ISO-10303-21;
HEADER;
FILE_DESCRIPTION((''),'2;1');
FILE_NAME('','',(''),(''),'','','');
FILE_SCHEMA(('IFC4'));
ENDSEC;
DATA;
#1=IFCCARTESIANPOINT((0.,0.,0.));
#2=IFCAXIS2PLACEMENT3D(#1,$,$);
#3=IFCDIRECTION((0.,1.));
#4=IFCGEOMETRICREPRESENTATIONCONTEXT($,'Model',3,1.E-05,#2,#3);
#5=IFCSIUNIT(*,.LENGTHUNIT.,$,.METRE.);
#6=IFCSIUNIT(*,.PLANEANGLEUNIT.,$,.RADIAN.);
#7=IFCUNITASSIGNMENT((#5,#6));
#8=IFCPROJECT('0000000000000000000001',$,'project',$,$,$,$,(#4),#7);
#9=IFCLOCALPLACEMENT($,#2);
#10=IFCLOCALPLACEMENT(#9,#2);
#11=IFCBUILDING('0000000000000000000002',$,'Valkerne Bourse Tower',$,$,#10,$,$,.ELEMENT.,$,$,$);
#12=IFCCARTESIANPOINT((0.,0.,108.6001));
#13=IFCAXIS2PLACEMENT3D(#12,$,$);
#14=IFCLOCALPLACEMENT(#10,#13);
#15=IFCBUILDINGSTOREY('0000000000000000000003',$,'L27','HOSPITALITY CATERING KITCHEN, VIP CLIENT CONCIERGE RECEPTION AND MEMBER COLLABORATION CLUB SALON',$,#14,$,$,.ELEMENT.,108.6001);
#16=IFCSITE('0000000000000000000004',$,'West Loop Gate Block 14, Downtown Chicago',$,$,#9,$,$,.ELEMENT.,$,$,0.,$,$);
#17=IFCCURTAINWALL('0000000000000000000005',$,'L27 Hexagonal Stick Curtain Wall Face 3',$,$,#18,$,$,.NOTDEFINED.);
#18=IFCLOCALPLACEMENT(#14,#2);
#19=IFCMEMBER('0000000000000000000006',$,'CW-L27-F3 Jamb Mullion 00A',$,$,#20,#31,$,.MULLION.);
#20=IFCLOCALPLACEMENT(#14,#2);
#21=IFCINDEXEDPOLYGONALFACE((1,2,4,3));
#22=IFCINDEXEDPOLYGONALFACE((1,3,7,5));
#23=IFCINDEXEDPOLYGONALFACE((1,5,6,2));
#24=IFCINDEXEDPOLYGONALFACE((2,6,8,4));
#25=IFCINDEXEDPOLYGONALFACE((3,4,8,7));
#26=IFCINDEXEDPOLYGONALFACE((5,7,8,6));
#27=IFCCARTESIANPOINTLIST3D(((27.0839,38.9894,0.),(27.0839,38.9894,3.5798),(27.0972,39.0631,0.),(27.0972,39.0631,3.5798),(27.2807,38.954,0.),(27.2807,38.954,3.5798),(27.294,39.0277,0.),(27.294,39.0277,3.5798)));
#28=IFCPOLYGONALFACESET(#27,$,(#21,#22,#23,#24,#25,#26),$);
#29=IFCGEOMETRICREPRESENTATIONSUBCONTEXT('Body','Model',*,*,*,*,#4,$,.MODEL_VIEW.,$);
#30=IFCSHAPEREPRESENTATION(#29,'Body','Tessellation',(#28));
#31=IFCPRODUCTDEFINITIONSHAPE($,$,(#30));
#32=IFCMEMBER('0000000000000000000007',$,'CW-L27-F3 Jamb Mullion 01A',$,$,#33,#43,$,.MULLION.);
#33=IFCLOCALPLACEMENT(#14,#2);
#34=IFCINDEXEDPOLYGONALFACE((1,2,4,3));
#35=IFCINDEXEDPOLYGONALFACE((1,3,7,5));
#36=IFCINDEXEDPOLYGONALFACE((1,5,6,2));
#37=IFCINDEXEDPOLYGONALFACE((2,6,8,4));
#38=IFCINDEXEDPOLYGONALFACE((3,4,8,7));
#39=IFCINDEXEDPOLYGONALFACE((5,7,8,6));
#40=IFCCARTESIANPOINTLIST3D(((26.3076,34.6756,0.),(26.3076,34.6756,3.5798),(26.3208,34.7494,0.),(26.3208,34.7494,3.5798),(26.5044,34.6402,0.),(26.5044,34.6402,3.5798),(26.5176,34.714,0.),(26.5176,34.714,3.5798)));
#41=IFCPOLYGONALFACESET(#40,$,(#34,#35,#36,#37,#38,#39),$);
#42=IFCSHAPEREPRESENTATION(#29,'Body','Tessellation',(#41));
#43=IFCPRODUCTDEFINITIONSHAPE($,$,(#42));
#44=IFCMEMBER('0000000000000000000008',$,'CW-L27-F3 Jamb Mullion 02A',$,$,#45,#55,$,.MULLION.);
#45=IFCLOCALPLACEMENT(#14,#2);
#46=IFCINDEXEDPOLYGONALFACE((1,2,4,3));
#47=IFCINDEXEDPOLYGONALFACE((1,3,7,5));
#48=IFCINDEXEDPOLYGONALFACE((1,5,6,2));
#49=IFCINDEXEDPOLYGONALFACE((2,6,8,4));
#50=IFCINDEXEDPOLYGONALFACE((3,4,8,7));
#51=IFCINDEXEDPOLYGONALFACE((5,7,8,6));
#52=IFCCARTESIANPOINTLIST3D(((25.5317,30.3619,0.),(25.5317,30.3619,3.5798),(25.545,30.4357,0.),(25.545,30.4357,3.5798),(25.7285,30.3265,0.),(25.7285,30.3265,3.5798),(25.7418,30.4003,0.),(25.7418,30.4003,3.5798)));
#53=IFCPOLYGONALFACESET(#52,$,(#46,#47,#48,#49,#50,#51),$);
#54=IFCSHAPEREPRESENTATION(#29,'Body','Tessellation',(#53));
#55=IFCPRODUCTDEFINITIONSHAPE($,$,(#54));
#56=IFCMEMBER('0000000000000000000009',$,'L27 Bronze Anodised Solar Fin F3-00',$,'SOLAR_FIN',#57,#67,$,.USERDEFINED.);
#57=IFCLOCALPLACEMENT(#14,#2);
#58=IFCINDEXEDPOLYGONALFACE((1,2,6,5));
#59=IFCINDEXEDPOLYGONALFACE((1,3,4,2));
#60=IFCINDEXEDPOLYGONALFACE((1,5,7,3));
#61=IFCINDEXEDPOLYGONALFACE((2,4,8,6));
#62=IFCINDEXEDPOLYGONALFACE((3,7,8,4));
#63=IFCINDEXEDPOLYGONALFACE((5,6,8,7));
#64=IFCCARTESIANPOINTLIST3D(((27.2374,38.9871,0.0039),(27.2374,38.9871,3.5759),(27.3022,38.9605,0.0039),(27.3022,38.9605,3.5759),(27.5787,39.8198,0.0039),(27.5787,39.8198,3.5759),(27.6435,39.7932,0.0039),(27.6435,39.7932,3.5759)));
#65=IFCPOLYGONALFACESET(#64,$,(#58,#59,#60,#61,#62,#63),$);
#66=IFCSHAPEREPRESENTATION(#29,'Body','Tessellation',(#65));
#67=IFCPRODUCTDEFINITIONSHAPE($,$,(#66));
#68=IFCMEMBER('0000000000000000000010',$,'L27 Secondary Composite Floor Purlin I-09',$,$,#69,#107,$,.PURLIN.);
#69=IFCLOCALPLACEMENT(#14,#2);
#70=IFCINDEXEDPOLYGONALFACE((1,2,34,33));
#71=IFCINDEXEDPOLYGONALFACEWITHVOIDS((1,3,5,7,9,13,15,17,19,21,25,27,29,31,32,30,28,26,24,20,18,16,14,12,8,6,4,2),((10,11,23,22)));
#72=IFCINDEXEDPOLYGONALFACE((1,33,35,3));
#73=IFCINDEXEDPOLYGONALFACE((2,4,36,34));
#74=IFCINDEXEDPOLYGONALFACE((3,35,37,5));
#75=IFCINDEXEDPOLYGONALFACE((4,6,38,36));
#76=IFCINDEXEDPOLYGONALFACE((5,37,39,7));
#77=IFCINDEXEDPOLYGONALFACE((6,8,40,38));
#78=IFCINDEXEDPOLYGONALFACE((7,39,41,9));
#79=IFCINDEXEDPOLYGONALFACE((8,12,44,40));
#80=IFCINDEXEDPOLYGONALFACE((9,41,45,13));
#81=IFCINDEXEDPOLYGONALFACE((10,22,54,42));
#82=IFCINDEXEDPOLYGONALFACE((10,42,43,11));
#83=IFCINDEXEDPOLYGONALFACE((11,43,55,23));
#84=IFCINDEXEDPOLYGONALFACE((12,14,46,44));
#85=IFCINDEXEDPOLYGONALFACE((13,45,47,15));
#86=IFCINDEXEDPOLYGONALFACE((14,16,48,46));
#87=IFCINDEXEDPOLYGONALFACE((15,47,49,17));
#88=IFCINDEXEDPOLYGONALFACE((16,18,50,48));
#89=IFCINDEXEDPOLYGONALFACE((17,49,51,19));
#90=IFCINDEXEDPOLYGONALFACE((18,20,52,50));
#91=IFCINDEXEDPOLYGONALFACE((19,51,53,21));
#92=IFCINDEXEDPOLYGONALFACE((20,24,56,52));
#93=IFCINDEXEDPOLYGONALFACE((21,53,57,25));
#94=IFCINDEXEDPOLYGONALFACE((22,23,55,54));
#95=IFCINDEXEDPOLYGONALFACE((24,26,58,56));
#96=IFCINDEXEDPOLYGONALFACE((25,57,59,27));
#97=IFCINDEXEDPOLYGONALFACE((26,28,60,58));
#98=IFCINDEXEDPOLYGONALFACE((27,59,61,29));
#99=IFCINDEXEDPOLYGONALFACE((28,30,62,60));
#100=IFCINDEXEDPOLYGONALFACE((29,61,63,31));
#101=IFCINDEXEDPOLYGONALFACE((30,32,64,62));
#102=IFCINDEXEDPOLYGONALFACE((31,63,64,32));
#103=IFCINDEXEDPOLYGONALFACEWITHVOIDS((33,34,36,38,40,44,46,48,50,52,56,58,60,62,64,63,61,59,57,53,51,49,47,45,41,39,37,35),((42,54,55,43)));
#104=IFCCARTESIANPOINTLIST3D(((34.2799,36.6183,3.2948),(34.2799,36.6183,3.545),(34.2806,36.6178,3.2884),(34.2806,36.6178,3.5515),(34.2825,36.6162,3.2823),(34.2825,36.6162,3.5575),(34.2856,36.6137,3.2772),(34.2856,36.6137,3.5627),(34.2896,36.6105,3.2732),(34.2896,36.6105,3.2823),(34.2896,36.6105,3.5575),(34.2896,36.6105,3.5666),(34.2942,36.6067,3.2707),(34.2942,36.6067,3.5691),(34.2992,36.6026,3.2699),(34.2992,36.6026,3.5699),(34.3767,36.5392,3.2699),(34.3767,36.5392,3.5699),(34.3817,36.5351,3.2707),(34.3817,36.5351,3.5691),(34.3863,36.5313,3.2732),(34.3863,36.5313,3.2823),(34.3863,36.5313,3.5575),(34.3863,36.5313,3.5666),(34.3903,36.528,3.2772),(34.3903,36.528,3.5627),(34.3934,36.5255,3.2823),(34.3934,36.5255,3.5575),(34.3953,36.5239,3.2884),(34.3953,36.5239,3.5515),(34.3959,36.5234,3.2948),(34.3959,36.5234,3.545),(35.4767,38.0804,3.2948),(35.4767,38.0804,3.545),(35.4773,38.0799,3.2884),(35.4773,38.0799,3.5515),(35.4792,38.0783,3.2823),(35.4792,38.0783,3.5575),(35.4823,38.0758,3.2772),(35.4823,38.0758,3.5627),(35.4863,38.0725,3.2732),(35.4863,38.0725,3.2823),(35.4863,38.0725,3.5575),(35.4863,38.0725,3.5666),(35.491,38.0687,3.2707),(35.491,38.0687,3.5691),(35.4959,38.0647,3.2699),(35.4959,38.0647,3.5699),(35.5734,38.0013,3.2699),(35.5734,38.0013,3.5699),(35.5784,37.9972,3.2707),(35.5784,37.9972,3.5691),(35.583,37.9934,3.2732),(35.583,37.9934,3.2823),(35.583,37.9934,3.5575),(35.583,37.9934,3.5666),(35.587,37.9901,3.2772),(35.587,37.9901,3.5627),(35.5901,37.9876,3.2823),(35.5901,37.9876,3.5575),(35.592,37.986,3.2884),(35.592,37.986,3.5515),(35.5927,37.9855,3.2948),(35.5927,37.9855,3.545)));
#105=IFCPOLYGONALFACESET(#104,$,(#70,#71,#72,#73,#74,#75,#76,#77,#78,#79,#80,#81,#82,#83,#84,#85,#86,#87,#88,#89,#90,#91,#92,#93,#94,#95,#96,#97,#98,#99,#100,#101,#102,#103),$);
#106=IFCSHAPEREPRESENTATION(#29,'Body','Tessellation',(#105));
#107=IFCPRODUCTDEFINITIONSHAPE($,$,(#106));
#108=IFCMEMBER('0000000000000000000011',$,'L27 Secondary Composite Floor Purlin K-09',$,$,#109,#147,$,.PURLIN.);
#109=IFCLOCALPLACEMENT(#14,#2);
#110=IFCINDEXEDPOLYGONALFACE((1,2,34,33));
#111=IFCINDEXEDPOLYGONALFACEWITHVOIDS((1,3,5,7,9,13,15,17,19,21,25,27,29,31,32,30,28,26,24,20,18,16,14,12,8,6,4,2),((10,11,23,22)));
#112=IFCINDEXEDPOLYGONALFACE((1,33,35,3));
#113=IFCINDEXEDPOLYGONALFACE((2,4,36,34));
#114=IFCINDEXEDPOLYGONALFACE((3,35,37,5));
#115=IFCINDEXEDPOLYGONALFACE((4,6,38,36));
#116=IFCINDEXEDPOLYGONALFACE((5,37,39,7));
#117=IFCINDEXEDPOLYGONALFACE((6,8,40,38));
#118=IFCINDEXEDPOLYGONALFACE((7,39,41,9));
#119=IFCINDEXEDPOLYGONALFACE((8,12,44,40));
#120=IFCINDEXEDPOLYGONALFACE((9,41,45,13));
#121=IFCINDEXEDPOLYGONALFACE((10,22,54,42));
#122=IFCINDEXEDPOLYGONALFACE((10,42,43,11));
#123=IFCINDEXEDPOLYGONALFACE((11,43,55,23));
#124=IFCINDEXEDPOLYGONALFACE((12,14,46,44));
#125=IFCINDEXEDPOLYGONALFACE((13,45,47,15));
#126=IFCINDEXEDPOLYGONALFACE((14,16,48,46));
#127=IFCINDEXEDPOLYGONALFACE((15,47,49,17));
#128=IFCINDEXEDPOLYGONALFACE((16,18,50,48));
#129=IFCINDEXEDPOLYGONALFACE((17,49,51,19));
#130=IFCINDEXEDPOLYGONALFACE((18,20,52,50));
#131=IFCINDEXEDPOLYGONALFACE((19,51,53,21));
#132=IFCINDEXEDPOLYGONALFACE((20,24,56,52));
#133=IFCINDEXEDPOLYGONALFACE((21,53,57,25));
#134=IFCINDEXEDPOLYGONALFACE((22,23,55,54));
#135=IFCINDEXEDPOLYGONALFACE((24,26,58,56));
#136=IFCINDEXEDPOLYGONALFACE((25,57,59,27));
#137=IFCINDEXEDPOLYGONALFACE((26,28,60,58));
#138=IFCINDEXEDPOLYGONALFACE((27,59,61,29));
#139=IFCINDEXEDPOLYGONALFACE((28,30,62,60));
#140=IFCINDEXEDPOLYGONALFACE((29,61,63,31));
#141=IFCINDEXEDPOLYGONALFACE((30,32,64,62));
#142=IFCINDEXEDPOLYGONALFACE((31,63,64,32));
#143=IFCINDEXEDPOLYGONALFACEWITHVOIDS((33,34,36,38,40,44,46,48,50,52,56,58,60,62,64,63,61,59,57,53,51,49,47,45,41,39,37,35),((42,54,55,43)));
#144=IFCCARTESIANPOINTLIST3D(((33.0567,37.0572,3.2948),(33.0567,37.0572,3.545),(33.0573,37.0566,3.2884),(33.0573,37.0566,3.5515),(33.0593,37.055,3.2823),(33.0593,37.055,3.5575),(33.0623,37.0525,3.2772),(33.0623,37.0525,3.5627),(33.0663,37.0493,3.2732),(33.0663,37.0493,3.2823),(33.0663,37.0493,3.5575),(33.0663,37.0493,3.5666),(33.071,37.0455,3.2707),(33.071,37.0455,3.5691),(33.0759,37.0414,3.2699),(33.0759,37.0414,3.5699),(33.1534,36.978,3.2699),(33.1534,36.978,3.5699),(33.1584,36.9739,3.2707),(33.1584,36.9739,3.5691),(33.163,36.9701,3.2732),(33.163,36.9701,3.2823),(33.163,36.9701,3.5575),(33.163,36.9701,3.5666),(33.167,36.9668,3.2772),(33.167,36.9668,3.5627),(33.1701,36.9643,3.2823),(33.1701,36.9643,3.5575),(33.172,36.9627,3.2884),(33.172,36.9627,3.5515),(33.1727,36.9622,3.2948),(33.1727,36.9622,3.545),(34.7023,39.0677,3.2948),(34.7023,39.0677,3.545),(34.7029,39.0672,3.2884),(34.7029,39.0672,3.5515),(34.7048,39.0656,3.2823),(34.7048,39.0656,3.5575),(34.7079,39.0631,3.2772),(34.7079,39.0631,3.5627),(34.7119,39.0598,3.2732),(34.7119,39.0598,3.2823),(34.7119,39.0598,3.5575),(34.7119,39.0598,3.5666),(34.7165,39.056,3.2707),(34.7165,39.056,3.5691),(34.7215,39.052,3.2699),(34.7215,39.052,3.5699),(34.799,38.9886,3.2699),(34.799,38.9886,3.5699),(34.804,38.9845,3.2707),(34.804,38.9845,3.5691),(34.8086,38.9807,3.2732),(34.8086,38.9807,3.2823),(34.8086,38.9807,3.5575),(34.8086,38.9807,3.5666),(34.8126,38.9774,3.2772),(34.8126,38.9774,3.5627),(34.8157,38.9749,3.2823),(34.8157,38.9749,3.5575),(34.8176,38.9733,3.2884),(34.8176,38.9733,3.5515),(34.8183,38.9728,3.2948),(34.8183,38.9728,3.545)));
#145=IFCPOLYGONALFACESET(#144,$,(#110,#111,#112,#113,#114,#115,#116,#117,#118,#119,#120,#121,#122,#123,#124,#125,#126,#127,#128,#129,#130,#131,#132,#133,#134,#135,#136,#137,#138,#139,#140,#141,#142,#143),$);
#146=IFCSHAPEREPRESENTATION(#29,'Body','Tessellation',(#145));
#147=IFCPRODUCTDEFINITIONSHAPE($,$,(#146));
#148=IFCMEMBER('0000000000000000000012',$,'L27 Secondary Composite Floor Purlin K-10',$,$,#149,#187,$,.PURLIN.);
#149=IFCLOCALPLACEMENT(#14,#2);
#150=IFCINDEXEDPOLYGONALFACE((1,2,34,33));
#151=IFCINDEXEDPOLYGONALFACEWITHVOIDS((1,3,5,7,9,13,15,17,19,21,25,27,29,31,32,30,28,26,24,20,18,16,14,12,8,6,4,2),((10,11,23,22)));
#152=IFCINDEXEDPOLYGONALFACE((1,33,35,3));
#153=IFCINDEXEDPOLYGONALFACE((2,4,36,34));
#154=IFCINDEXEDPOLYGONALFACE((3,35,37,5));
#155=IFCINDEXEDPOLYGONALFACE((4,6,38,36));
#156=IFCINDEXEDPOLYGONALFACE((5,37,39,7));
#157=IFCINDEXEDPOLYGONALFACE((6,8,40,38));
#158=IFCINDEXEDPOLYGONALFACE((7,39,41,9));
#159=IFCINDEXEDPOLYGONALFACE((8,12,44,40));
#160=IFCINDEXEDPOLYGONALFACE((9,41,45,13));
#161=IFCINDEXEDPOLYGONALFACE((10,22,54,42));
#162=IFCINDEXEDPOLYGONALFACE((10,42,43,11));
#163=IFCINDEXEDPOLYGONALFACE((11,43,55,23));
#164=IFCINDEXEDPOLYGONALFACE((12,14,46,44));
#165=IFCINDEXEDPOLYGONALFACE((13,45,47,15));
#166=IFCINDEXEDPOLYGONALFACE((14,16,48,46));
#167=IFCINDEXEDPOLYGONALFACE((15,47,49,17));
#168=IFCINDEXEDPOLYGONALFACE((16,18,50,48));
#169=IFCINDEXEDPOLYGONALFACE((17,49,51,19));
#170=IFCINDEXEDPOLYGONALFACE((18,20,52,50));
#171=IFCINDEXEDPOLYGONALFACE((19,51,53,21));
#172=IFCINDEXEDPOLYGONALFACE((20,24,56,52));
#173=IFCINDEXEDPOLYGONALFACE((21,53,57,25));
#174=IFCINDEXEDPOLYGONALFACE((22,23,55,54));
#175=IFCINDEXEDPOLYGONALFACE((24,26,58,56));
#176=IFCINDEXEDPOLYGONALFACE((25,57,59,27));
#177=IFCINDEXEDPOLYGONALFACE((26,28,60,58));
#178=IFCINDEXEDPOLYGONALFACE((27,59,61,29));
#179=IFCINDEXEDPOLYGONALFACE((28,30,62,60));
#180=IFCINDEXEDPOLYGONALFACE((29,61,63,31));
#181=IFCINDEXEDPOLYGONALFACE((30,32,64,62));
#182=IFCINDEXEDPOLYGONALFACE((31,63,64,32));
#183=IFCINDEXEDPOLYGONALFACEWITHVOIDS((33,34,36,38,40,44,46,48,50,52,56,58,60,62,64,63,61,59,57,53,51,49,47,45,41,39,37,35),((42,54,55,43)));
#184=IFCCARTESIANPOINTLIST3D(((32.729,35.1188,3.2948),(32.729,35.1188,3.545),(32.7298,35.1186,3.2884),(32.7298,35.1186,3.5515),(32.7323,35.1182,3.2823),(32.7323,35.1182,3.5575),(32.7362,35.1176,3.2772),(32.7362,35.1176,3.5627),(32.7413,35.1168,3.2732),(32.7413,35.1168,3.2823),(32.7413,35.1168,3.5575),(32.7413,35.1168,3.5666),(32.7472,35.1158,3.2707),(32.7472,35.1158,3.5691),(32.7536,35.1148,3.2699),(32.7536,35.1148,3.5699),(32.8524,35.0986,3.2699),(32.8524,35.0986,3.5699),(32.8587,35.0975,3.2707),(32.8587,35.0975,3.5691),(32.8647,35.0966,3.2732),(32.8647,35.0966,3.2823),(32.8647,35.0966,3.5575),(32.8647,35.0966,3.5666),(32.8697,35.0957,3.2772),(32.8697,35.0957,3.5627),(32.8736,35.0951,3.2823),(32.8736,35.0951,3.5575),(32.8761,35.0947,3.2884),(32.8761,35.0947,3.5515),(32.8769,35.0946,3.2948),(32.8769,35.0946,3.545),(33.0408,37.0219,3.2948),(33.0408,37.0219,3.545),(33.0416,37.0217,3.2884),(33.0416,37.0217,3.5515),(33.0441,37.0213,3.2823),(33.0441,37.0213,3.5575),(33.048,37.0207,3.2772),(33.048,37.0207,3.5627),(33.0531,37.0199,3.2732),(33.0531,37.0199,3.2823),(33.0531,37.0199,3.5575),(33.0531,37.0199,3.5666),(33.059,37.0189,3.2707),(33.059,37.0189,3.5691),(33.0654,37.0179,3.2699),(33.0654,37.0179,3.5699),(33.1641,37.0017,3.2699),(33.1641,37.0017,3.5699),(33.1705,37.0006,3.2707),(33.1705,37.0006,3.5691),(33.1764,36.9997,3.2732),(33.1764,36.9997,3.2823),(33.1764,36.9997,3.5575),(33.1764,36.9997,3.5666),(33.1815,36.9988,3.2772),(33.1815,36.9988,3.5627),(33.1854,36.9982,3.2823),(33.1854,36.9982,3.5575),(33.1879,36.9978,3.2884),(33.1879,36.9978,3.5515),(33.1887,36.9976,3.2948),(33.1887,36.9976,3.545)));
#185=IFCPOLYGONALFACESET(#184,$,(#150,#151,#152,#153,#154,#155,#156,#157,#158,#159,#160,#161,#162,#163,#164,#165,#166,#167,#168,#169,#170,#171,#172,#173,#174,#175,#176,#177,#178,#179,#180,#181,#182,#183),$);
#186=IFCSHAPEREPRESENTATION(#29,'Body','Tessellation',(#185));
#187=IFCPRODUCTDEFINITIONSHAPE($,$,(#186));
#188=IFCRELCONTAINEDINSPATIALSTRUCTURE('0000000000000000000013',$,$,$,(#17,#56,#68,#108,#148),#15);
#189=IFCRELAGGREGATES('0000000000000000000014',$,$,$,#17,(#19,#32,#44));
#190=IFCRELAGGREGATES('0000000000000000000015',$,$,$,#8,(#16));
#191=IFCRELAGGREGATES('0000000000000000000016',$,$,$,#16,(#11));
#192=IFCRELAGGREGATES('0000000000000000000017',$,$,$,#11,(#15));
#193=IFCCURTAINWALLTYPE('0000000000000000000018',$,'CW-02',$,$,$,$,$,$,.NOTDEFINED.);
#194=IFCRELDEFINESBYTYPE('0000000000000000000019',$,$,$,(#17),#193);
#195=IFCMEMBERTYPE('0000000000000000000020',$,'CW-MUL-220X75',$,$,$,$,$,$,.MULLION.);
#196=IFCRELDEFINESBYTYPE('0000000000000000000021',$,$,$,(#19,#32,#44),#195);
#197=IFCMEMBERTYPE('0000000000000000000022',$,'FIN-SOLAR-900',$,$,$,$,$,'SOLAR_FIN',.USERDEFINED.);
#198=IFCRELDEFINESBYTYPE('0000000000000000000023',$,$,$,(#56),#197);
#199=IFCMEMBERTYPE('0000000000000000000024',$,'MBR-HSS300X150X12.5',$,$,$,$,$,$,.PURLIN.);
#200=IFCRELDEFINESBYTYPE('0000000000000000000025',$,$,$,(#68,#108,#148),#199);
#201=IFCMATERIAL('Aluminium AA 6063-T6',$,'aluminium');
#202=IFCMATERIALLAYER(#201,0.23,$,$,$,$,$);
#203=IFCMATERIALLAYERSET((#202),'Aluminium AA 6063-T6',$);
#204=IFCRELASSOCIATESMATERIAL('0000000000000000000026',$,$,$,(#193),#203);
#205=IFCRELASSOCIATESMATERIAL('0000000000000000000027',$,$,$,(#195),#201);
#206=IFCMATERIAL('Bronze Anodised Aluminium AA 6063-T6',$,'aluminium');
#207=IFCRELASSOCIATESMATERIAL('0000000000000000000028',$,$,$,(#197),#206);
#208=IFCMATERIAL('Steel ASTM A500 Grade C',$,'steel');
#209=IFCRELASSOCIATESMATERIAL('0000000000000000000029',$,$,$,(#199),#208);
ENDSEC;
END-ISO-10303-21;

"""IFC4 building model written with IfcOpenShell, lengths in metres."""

from ifc_helpers import new_model, si_unit, direction, frame, origin, origin_2d, place, context, subcontext, project, spatial, rectangle, hollow_rectangle, extrude, material, layer, layer_set, material_profile, profile_set, type_object, element, aggregate, save


model = new_model("IFC4")

# Units and contexts
model_context = context("Model", 3, precision=1e-05, world=origin(), true_north=direction((0.0, 1.0)))
body_context = subcontext(model_context, "Body", "Model", "MODEL_VIEW")
ifc_project = project(units=[si_unit("LENGTHUNIT", "METRE"), si_unit("PLANEANGLEUNIT", "RADIAN")], contexts=[model_context])

# Site, building, storey
site_placement = place(None, origin())
site = spatial("IfcSite", under=ifc_project, at=site_placement, Name="West Loop Gate Block 14, Downtown Chicago", CompositionType="ELEMENT", RefElevation=0.0)
building_placement = place(site_placement, origin())
building = spatial("IfcBuilding", under=site, at=building_placement, Name="Valkerne Bourse Tower", CompositionType="ELEMENT")
storey_placement = place(building_placement, frame((0.0, 0.0, 108.6001)))
storey = spatial("IfcBuildingStorey", under=building, at=storey_placement, Name="L27", Description="HOSPITALITY CATERING KITCHEN, VIP CLIENT CONCIERGE RECEPTION AND MEMBER COLLABORATION CLUB SALON", CompositionType="ELEMENT", Elevation=108.6001)

# Curtain wall, members
ifc_material_1 = material(Name="Aluminium AA 6063-T6", Category="aluminium")
ifc_layer_1 = layer(ifc_material_1, 0.23)
ifc_layer_set_1 = layer_set([ifc_layer_1], Name="Aluminium AA 6063-T6")
curtain_wall_type = type_object("IfcCurtainWallType", Name="CW-02", PredefinedType="NOTDEFINED", material=ifc_layer_set_1)
curtain_wall_placement = place(storey_placement, origin())
curtain_wall = element("IfcCurtainWall", 1, at=curtain_wall_placement, inside=storey, type_object=curtain_wall_type, Name="L27 Hexagonal Stick Curtain Wall Face 3", PredefinedType="NOTDEFINED")
ifc_material_profile_1 = material_profile(ifc_material_1, rectangle(XDim=0.075, YDim=0.2, at=origin_2d()), Name="CWM-75X200")
ifc_profile_set_1 = profile_set([ifc_material_profile_1], Name="Aluminium AA 6063-T6")
member_type_1 = type_object("IfcMemberType", Name="CW-MUL-220X75", PredefinedType="MULLION", material=ifc_profile_set_1)
member_1_placement = place(storey_placement, frame((27.189, 39.0085, 0.0), z_axis=(0.0, 0.0, 1.0), x_axis=(-0.17709, -0.984195, 0.0)))
member_1 = element("IfcMember", 2, at=member_1_placement, type_object=member_type_1, Name="CW-L27-F3 Jamb Mullion 00A", PredefinedType="MULLION", context=body_context, shape_type="SweptSolid", body=[
    extrude(rectangle(XDim=0.075, YDim=0.2, at=origin_2d()), origin(), (0.0, 0.0, 1.0), 3.5798),
])
member_2_placement = place(storey_placement, frame((26.4126, 34.6948, 0.0), z_axis=(0.0, 0.0, 1.0), x_axis=(-0.177072, -0.984198, 0.0)))
member_2 = element("IfcMember", 3, at=member_2_placement, type_object=member_type_1, Name="CW-L27-F3 Jamb Mullion 01A", PredefinedType="MULLION", context=body_context, shape_type="SweptSolid", body=[
    extrude(rectangle(XDim=0.075, YDim=0.2, at=origin_2d()), origin(), (0.0, 0.0, 1.0), 3.5798),
])
member_3_placement = place(storey_placement, frame((25.6367, 30.3811, 0.0), z_axis=(0.0, 0.0, 1.0), x_axis=(-0.177094, -0.984194, 0.0)))
member_3 = element("IfcMember", 4, at=member_3_placement, type_object=member_type_1, Name="CW-L27-F3 Jamb Mullion 02A", PredefinedType="MULLION", context=body_context, shape_type="SweptSolid", body=[
    extrude(rectangle(XDim=0.075, YDim=0.2, at=origin_2d()), origin(), (0.0, 0.0, 1.0), 3.5798),
])

# Members
ifc_material_2 = material(Name="Bronze Anodised Aluminium AA 6063-T6", Category="aluminium")
ifc_material_profile_2 = material_profile(ifc_material_2, rectangle(XDim=0.0701, YDim=0.8999, at=origin_2d()), Name="FIN-70X900")
ifc_profile_set_2 = profile_set([ifc_material_profile_2], Name="Bronze Anodised Aluminium AA 6063-T6")
member_type_2 = type_object("IfcMemberType", Name="FIN-SOLAR-900", ElementType="SOLAR_FIN", PredefinedType="USERDEFINED", material=ifc_profile_set_2)
member_4_placement = place(storey_placement, frame((27.4404, 39.3901, 0.0039), z_axis=(0.0, 0.0, 1.0), x_axis=(-0.92529, 0.379261, 0.0)))
element("IfcMember", 5, at=member_4_placement, inside=storey, type_object=member_type_2, Name="L27 Bronze Anodised Solar Fin F3-00", ObjectType="SOLAR_FIN", PredefinedType="USERDEFINED", context=body_context, shape_type="SweptSolid", body=[
    extrude(rectangle(XDim=0.0701, YDim=0.8999, at=origin_2d()), origin(), (0.0, 0.0, 1.0), 3.572),
])
ifc_material_3 = material(Name="Steel ASTM A500 Grade C", Category="steel")
ifc_material_profile_3 = material_profile(ifc_material_3, hollow_rectangle(XDim=0.1499, YDim=0.3, WallThickness=0.0125, OuterFilletRadius=0.0249, at=origin_2d()), Name="HSS300X150X12.5")
ifc_profile_set_3 = profile_set([ifc_material_profile_3], Name="Steel ASTM A500 Grade C")
member_type_3 = type_object("IfcMemberType", Name="MBR-HSS300X150X12.5", PredefinedType="PURLIN", material=ifc_profile_set_3)
member_5_placement = place(storey_placement, frame((35.5347, 38.033, 3.4199), z_axis=(-0.633386, -0.773836, 0.0), x_axis=(0.773836, -0.633386, 0.0)))
element("IfcMember", 6, at=member_5_placement, inside=storey, type_object=member_type_3, Name="L27 Secondary Composite Floor Purlin I-09", PredefinedType="PURLIN", context=body_context, shape_type="SweptSolid", body=[
    extrude(hollow_rectangle(XDim=0.1499, YDim=0.3, WallThickness=0.0125, OuterFilletRadius=0.0249, at=origin_2d()), origin(), (0.0, 0.0, 1.0), 1.8894),
])
member_6_placement = place(storey_placement, frame((34.7603, 39.0203, 3.4199), z_axis=(-0.633366, -0.773853, 0.0), x_axis=(0.773853, -0.633366, 0.0)))
element("IfcMember", 7, at=member_6_placement, inside=storey, type_object=member_type_3, Name="L27 Secondary Composite Floor Purlin K-09", PredefinedType="PURLIN", context=body_context, shape_type="SweptSolid", body=[
    extrude(hollow_rectangle(XDim=0.1499, YDim=0.3, WallThickness=0.0125, OuterFilletRadius=0.0249, at=origin_2d()), origin(), (0.0, 0.0, 1.0), 2.5981),
])
member_7_placement = place(storey_placement, frame((33.1147, 37.0098, 3.4199), z_axis=(-0.161668, -0.986845, 0.0), x_axis=(0.986845, -0.161668, 0.0)))
element("IfcMember", 8, at=member_7_placement, inside=storey, type_object=member_type_3, Name="L27 Secondary Composite Floor Purlin K-10", PredefinedType="PURLIN", context=body_context, shape_type="SweptSolid", body=[
    extrude(hollow_rectangle(XDim=0.1499, YDim=0.3, WallThickness=0.0125, OuterFilletRadius=0.0249, at=origin_2d()), origin(), (0.0, 0.0, 1.0), 1.9285),
])

aggregate(curtain_wall, [member_1, member_2, member_3])

save(model, "model.ifc")
